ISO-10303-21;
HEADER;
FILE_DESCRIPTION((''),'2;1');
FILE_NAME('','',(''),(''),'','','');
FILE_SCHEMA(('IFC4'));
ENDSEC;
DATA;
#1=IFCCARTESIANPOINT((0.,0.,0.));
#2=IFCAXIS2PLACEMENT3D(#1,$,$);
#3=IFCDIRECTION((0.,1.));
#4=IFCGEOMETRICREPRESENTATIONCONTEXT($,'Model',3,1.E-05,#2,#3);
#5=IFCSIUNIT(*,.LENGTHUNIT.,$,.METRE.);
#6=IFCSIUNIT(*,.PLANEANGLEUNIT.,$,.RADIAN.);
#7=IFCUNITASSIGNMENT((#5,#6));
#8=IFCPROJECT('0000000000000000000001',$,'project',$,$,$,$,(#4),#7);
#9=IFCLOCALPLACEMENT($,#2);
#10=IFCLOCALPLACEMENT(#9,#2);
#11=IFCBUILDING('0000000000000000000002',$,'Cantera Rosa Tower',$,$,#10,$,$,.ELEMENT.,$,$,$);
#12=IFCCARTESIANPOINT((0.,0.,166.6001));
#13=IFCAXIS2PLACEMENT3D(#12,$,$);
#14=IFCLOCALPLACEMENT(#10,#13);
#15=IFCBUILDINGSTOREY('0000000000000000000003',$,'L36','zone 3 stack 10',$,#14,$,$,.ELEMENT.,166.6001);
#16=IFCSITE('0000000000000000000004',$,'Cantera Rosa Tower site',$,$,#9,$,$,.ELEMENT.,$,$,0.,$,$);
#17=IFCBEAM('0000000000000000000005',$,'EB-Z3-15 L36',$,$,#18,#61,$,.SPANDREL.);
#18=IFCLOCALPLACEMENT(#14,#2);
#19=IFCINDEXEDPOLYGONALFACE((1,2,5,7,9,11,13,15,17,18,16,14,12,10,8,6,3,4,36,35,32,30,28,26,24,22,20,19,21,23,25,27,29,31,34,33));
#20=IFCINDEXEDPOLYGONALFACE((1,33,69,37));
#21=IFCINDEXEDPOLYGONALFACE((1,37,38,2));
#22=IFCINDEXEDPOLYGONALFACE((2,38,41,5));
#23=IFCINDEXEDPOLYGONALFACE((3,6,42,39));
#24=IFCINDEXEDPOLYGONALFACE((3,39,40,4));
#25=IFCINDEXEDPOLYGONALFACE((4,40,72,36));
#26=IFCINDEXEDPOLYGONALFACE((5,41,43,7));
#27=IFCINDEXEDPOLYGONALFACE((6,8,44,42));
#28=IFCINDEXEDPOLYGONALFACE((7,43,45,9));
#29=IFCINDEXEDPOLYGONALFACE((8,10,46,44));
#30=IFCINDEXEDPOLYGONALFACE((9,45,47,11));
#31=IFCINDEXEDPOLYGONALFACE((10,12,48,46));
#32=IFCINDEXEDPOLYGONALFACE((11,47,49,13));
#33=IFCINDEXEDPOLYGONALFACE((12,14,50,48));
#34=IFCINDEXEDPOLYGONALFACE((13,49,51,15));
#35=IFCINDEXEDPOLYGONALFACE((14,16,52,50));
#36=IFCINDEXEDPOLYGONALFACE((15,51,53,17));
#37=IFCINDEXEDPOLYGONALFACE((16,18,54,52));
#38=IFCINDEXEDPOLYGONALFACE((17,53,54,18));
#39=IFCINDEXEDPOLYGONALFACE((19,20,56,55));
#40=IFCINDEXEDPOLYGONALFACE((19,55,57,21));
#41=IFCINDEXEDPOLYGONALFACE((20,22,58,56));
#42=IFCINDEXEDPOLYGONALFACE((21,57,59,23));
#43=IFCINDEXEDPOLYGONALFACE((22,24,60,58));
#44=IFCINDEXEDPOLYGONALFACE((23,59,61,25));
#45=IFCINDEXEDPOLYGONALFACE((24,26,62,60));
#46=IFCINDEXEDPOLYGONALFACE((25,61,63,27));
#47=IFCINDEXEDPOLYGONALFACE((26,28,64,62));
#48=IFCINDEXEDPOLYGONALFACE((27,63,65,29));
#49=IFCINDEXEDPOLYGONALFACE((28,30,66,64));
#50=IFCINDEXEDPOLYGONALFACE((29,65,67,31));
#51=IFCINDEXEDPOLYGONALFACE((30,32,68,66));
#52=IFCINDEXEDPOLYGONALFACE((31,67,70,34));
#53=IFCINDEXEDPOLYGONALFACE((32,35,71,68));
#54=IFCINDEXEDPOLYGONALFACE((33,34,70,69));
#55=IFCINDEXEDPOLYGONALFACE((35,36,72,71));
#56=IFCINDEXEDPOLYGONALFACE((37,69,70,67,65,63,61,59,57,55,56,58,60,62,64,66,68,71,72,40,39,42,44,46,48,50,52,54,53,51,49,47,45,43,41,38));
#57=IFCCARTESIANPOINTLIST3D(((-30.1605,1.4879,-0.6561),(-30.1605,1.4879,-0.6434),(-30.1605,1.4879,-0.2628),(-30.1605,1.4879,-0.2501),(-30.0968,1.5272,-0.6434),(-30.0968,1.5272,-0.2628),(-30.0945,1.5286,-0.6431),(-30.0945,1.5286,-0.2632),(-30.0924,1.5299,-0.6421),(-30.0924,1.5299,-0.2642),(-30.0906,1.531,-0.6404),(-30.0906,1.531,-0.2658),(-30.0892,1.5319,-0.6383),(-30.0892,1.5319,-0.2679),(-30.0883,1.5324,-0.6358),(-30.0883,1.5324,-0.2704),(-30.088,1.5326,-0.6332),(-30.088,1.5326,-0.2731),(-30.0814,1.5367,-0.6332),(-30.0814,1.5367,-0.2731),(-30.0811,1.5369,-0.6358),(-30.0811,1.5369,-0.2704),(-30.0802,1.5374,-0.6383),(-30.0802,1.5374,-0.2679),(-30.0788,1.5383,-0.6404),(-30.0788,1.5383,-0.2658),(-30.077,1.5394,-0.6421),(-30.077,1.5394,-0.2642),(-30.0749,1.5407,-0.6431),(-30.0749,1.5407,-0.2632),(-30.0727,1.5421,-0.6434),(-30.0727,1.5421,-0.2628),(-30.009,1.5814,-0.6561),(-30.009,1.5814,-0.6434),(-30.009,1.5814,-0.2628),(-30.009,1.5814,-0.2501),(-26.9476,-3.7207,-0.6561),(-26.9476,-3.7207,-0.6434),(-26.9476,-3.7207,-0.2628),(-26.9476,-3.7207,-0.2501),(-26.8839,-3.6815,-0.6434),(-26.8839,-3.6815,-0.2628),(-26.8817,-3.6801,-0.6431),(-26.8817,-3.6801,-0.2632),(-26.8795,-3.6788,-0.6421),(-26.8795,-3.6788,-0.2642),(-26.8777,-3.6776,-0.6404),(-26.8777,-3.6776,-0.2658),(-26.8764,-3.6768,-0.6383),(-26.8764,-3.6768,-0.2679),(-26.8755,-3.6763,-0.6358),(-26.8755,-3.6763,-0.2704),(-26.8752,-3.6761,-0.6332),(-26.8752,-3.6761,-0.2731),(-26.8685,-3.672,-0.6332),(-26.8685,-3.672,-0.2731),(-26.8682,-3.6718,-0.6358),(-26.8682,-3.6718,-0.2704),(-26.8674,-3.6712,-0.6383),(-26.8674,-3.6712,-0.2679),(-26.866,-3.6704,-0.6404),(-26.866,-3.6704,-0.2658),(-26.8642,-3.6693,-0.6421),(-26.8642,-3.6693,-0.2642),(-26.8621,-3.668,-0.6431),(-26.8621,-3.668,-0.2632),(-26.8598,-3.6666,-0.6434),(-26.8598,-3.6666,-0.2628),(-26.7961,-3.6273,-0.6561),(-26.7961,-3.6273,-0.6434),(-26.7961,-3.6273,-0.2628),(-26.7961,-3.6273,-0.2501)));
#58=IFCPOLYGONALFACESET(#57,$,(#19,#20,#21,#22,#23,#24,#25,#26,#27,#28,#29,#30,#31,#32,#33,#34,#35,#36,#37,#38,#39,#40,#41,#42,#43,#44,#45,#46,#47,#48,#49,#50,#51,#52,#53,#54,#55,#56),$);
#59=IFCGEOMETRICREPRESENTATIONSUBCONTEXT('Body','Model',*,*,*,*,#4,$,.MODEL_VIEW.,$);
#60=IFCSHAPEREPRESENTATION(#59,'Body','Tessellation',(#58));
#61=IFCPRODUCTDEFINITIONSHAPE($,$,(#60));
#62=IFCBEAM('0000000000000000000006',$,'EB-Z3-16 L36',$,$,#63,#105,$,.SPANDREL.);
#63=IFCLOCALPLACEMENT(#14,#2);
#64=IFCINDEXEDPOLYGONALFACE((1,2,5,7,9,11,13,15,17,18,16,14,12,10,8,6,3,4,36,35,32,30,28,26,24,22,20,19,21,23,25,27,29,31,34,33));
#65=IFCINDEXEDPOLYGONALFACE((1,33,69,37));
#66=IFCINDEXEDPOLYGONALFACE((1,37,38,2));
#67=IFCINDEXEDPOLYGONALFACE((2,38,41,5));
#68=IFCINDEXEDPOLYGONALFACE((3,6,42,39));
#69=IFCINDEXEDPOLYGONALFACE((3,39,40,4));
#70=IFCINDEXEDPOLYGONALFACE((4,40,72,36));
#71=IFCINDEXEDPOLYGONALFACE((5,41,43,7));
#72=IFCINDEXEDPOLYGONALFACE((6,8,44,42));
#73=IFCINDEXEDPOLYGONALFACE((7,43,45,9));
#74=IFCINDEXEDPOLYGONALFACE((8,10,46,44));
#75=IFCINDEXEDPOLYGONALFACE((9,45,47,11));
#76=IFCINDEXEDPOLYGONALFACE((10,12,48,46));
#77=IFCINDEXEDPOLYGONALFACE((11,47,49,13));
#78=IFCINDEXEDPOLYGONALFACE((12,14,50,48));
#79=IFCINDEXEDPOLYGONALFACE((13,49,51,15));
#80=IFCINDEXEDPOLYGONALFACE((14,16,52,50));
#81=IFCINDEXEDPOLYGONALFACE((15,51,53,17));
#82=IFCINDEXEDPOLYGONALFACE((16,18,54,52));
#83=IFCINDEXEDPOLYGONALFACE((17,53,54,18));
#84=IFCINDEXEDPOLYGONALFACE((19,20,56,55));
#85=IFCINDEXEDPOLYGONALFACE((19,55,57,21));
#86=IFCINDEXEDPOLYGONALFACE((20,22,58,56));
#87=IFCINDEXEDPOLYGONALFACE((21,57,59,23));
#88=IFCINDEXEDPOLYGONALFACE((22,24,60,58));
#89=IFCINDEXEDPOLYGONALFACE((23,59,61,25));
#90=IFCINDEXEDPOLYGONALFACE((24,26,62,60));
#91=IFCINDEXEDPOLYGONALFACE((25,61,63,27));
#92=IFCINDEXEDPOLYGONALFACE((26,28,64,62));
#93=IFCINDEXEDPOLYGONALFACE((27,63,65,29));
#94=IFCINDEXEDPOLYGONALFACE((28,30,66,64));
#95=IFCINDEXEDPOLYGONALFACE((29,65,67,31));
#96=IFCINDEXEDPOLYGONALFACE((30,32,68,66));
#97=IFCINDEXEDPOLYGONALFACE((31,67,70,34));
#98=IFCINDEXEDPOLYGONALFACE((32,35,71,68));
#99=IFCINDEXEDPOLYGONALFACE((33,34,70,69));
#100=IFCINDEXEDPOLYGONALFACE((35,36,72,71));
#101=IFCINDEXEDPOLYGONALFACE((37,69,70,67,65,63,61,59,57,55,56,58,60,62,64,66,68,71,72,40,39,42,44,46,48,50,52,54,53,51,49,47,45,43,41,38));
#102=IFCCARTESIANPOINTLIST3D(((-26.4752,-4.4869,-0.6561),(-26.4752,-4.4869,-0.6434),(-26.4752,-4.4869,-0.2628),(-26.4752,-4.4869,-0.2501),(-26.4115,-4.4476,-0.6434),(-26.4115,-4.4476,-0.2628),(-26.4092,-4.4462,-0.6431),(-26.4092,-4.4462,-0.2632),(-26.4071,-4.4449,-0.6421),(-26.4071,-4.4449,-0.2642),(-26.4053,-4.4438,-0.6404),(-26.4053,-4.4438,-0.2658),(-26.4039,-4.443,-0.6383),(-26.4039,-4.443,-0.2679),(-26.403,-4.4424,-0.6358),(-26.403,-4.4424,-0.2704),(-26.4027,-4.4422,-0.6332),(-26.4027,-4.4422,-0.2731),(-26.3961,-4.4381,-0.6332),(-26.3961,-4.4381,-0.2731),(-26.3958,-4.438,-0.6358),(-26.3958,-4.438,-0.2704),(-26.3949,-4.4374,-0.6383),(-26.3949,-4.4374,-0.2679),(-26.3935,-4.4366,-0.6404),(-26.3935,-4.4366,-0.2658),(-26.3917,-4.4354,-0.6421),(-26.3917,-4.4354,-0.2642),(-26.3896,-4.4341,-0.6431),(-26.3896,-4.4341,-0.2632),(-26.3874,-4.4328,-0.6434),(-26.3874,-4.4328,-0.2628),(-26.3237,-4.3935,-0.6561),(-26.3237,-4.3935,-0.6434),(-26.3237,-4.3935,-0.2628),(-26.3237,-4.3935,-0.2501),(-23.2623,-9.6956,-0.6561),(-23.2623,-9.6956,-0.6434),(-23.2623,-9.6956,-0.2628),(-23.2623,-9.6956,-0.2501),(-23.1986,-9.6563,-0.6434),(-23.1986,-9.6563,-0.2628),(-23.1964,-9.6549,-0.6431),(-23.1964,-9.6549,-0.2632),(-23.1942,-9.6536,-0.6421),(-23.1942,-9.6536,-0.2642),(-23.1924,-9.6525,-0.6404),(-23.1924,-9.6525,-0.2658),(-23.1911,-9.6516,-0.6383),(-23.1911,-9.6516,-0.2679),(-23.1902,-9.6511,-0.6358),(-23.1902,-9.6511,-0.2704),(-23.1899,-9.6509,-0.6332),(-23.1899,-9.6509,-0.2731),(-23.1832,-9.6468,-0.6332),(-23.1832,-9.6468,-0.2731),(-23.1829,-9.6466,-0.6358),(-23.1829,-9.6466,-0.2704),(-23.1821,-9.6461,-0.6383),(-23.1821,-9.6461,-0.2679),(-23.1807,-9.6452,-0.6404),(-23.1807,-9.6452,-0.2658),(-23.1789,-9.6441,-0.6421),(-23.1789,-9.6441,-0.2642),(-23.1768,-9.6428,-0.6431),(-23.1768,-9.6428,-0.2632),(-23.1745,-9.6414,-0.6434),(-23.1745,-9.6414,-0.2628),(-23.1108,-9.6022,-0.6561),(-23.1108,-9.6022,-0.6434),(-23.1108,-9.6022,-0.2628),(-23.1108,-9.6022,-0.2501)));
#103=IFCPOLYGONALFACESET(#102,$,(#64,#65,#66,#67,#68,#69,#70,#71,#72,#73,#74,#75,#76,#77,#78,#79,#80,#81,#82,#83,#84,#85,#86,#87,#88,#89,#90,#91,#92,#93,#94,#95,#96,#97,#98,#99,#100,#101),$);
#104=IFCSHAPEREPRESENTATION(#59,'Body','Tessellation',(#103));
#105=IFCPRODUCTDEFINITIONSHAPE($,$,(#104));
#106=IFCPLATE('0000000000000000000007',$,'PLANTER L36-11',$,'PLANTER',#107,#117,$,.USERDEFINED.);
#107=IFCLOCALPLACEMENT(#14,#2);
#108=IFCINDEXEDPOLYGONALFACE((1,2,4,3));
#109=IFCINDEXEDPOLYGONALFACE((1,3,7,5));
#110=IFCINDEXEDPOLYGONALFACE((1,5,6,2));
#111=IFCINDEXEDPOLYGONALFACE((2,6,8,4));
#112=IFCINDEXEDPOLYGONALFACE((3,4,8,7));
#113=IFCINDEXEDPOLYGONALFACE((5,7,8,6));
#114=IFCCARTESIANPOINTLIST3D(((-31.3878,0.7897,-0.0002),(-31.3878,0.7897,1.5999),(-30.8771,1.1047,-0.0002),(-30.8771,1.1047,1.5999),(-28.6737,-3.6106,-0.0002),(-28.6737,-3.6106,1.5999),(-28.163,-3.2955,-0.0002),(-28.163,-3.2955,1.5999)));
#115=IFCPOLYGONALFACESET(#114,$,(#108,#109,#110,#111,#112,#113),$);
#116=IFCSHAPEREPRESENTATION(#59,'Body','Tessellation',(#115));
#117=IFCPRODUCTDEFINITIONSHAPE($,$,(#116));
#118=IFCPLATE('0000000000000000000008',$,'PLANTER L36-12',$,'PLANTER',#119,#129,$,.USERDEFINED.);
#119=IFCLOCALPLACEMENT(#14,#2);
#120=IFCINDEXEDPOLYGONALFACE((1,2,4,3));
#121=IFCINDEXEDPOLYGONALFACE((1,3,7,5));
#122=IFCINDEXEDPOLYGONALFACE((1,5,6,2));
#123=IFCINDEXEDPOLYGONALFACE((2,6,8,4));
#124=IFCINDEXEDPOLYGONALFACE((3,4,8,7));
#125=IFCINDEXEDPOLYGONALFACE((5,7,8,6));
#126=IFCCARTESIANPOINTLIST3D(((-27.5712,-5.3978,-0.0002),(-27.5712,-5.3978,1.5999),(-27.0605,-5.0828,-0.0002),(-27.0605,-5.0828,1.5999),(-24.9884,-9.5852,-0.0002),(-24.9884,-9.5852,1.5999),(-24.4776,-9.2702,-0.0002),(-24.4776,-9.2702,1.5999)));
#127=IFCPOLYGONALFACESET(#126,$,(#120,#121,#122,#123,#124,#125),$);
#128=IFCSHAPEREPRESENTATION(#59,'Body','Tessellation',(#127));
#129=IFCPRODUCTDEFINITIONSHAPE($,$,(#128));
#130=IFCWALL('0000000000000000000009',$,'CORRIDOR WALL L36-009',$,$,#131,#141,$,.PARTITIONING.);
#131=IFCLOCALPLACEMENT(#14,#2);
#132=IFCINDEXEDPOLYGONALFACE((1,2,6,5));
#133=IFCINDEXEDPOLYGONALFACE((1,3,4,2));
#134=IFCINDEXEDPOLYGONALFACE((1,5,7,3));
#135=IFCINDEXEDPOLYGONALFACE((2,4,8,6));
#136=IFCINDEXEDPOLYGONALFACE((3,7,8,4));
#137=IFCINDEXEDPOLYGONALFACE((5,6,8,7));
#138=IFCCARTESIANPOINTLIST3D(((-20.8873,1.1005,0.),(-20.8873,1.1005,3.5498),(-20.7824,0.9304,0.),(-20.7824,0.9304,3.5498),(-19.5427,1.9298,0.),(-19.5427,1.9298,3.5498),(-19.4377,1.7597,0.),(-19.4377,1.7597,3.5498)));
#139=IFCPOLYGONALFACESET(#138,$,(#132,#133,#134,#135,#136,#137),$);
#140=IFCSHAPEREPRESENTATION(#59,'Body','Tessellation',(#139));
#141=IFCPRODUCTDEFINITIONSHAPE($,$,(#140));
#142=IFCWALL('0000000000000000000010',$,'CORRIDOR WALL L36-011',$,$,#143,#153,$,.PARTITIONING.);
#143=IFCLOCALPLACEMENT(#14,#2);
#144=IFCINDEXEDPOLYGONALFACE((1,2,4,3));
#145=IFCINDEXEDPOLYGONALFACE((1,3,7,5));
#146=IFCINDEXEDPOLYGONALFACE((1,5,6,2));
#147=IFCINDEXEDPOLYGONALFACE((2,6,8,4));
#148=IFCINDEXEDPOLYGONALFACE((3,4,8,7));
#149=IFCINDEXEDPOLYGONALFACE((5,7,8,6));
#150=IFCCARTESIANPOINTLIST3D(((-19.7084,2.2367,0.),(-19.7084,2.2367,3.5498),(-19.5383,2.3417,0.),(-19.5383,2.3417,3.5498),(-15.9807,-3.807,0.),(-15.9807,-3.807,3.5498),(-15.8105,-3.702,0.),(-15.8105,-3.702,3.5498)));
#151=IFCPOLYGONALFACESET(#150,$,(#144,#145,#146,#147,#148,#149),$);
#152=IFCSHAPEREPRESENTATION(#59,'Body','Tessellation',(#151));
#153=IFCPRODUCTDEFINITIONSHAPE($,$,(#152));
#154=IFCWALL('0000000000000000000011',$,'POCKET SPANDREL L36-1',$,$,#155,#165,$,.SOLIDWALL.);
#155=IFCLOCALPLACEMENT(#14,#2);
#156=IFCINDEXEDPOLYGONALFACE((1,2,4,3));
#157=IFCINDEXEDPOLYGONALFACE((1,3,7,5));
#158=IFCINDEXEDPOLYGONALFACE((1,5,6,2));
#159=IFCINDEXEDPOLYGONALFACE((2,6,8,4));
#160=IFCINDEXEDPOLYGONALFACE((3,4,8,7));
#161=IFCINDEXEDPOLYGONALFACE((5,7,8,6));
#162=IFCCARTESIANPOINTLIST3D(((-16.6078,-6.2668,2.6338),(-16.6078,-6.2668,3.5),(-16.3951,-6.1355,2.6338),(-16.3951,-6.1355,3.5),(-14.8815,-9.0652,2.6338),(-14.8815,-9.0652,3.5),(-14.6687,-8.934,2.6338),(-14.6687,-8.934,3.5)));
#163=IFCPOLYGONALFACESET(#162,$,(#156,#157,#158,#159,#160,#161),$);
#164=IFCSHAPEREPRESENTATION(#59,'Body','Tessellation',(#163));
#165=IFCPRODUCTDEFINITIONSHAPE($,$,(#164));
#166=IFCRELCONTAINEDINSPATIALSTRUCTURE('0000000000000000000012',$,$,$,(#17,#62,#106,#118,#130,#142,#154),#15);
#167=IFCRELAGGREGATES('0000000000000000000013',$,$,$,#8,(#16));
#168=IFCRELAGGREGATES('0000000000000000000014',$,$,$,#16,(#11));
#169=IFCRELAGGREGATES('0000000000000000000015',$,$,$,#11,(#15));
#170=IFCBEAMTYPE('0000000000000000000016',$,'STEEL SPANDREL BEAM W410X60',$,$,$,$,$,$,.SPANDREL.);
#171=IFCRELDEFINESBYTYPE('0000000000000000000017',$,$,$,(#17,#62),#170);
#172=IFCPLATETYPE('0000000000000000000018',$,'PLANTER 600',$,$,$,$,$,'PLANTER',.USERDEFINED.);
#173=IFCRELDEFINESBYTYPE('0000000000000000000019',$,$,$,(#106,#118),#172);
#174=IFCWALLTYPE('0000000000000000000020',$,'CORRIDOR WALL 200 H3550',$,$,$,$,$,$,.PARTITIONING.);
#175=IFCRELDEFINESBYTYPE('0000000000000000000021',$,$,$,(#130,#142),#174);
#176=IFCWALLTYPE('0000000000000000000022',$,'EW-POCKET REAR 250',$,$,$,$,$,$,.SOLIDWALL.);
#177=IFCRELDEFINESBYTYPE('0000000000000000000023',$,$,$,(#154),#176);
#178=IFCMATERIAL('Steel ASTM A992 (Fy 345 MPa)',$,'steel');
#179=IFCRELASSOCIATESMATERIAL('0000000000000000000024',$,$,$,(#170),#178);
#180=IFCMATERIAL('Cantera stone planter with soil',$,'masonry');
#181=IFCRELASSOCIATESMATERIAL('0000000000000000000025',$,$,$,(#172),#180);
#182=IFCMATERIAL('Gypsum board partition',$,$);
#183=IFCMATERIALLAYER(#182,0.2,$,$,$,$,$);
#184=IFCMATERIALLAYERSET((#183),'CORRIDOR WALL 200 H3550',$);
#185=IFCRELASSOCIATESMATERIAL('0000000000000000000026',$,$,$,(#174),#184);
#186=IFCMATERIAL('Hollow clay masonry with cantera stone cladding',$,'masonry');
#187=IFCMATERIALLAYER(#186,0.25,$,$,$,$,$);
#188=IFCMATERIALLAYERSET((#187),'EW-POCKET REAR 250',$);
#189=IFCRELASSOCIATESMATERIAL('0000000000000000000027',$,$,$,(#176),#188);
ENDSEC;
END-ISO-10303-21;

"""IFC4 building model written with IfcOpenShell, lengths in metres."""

from ifc_helpers import new_model, si_unit, direction, frame, frame_2d, origin, origin_2d, place, context, subcontext, project, spatial, rectangle, i_section, extrude, material, layer, layer_set, material_profile, profile_set, type_object, element, save


model = new_model("IFC4")

# Units and contexts
model_context = context("Model", 3, precision=1e-05, world=origin(), true_north=direction((0.0, 1.0)))
body_context = subcontext(model_context, "Body", "Model", "MODEL_VIEW")
ifc_project = project(units=[si_unit("LENGTHUNIT", "METRE"), si_unit("PLANEANGLEUNIT", "RADIAN")], contexts=[model_context])

# Site, building, storey
site_placement = place(None, origin())
site = spatial("IfcSite", under=ifc_project, at=site_placement, Name="Cantera Rosa Tower site", CompositionType="ELEMENT", RefElevation=0.0)
building_placement = place(site_placement, origin())
building = spatial("IfcBuilding", under=site, at=building_placement, Name="Cantera Rosa Tower", CompositionType="ELEMENT")
storey_placement = place(building_placement, frame((0.0, 0.0, 166.6001)))
storey = spatial("IfcBuildingStorey", under=building, at=storey_placement, Name="L36", Description="zone 3 stack 10", CompositionType="ELEMENT", Elevation=166.6001)

# Beams
ifc_material_1 = material(Name="Steel ASTM A992 (Fy 345 MPa)", Category="steel")
ifc_material_profile_1 = material_profile(ifc_material_1, i_section(OverallWidth=0.178, OverallDepth=0.406, WebThickness=0.0078, FlangeThickness=0.0127, FilletRadius=0.0103, at=origin_2d()), Name="W410X60")
ifc_profile_set_1 = profile_set([ifc_material_profile_1], Name="Steel ASTM A992 (Fy 345 MPa)")
beam_type_1 = type_object("IfcBeamType", Name="STEEL SPANDREL BEAM W410X60", PredefinedType="SPANDREL", material=ifc_profile_set_1)
for number, where, z_axis, x_axis, name in (
    (1, (-30.0847, 1.5347, -0.4531), (0.524987, -0.85111, 0.0), (0.85111, 0.524987, 0.0), "EB-Z3-15 L36"),
    (2, (-26.3994, -4.4402, -0.4531), (0.524987, -0.85111, 0.0), (0.85111, 0.524987, 0.0), "EB-Z3-16 L36"),
):
    element("IfcBeam", number, at=place(storey_placement, frame(where, z_axis=z_axis, x_axis=x_axis)), inside=storey, type_object=beam_type_1, Name=name, PredefinedType="SPANDREL", context=body_context, shape_type="SweptSolid", body=[
        extrude(i_section(OverallWidth=0.178, OverallDepth=0.406, WebThickness=0.0078, FlangeThickness=0.0127, FilletRadius=0.0103, at=origin_2d()), origin(), (0.0, 0.0, 1.0), 6.1199),
    ])

# Plates
ifc_material_2 = material(Name="Cantera stone planter with soil", Category="masonry")
plate_type = type_object("IfcPlateType", Name="PLANTER 600", ElementType="PLANTER", PredefinedType="USERDEFINED", material=ifc_material_2)
plate_1_placement = place(storey_placement, frame((-29.7754, -1.2529, -0.0002), z_axis=(0.0, 0.0, 1.0), x_axis=(0.524977, -0.851117, 0.0)))
element("IfcPlate", 3, at=plate_1_placement, inside=storey, type_object=plate_type, Name="PLANTER L36-11", ObjectType="PLANTER", PredefinedType="USERDEFINED", context=body_context, shape_type="SweptSolid", body=[
    extrude(rectangle(XDim=5.1699, YDim=0.6001, at=origin_2d()), origin(), (0.0, 0.0, 1.0), 1.6001),
])
plate_2_placement = place(storey_placement, frame((-26.0244, -7.334, -0.0002), z_axis=(0.0, 0.0, 1.0), x_axis=(0.524977, -0.851117, 0.0)))
element("IfcPlate", 4, at=plate_2_placement, inside=storey, type_object=plate_type, Name="PLANTER L36-12", ObjectType="PLANTER", PredefinedType="USERDEFINED", context=body_context, shape_type="SweptSolid", body=[
    extrude(rectangle(XDim=4.9199, YDim=0.6001, at=origin_2d()), origin(), (0.0, 0.0, 1.0), 1.6001),
])

# Walls
ifc_material_3 = material(Name="Gypsum board partition")
ifc_layer_1 = layer(ifc_material_3, 0.2)
ifc_layer_set_1 = layer_set([ifc_layer_1], Name="CORRIDOR WALL 200 H3550")
wall_type_1 = type_object("IfcWallType", Name="CORRIDOR WALL 200 H3550", PredefinedType="PARTITIONING", material=ifc_layer_set_1)
wall_1_placement = place(storey_placement, frame((-20.835, 1.0154, 0.0), z_axis=(0.0, 0.0, 1.0), x_axis=(0.851143, 0.524933, 0.0)))
element("IfcWall", 5, at=wall_1_placement, inside=storey, type_object=wall_type_1, Name="CORRIDOR WALL L36-009", PredefinedType="PARTITIONING", context=body_context, shape_type="SweptSolid", body=[
    extrude(rectangle(XDim=1.5798, YDim=0.2, at=frame_2d((0.79, 0.0))), origin(), (0.0, 0.0, 1.0), 3.5498),
])
wall_2_placement = place(storey_placement, frame((-19.6233, 2.2891, 0.0), z_axis=(0.0, 0.0, 1.0), x_axis=(0.524974, -0.851118, 0.0)))
element("IfcWall", 6, at=wall_2_placement, inside=storey, type_object=wall_type_1, Name="CORRIDOR WALL L36-011", PredefinedType="PARTITIONING", context=body_context, shape_type="SweptSolid", body=[
    extrude(rectangle(XDim=7.1008, YDim=0.2, at=frame_2d((3.5503, 0.0))), origin(), (0.0, 0.0, 1.0), 3.5498),
])

# Wall
ifc_material_4 = material(Name="Hollow clay masonry with cantera stone cladding", Category="masonry")
ifc_layer_2 = layer(ifc_material_4, 0.25)
ifc_layer_set_2 = layer_set([ifc_layer_2], Name="EW-POCKET REAR 250")
wall_type_2 = type_object("IfcWallType", Name="EW-POCKET REAR 250", PredefinedType="SOLIDWALL", material=ifc_layer_set_2)
wall_3_placement = place(storey_placement, frame((-16.5015, -6.2012, 2.6338), z_axis=(0.0, 0.0, 1.0), x_axis=(0.525038, -0.851079, 0.0)))
element("IfcWall", 7, at=wall_3_placement, inside=storey, type_object=wall_type_2, Name="POCKET SPANDREL L36-1", PredefinedType="SOLIDWALL", context=body_context, shape_type="SweptSolid", body=[
    extrude(rectangle(XDim=3.2881, YDim=0.25, at=frame_2d((1.644, 0.0))), origin(), (0.0, 0.0, 1.0), 0.8662),
])

save(model, "model.ifc")
